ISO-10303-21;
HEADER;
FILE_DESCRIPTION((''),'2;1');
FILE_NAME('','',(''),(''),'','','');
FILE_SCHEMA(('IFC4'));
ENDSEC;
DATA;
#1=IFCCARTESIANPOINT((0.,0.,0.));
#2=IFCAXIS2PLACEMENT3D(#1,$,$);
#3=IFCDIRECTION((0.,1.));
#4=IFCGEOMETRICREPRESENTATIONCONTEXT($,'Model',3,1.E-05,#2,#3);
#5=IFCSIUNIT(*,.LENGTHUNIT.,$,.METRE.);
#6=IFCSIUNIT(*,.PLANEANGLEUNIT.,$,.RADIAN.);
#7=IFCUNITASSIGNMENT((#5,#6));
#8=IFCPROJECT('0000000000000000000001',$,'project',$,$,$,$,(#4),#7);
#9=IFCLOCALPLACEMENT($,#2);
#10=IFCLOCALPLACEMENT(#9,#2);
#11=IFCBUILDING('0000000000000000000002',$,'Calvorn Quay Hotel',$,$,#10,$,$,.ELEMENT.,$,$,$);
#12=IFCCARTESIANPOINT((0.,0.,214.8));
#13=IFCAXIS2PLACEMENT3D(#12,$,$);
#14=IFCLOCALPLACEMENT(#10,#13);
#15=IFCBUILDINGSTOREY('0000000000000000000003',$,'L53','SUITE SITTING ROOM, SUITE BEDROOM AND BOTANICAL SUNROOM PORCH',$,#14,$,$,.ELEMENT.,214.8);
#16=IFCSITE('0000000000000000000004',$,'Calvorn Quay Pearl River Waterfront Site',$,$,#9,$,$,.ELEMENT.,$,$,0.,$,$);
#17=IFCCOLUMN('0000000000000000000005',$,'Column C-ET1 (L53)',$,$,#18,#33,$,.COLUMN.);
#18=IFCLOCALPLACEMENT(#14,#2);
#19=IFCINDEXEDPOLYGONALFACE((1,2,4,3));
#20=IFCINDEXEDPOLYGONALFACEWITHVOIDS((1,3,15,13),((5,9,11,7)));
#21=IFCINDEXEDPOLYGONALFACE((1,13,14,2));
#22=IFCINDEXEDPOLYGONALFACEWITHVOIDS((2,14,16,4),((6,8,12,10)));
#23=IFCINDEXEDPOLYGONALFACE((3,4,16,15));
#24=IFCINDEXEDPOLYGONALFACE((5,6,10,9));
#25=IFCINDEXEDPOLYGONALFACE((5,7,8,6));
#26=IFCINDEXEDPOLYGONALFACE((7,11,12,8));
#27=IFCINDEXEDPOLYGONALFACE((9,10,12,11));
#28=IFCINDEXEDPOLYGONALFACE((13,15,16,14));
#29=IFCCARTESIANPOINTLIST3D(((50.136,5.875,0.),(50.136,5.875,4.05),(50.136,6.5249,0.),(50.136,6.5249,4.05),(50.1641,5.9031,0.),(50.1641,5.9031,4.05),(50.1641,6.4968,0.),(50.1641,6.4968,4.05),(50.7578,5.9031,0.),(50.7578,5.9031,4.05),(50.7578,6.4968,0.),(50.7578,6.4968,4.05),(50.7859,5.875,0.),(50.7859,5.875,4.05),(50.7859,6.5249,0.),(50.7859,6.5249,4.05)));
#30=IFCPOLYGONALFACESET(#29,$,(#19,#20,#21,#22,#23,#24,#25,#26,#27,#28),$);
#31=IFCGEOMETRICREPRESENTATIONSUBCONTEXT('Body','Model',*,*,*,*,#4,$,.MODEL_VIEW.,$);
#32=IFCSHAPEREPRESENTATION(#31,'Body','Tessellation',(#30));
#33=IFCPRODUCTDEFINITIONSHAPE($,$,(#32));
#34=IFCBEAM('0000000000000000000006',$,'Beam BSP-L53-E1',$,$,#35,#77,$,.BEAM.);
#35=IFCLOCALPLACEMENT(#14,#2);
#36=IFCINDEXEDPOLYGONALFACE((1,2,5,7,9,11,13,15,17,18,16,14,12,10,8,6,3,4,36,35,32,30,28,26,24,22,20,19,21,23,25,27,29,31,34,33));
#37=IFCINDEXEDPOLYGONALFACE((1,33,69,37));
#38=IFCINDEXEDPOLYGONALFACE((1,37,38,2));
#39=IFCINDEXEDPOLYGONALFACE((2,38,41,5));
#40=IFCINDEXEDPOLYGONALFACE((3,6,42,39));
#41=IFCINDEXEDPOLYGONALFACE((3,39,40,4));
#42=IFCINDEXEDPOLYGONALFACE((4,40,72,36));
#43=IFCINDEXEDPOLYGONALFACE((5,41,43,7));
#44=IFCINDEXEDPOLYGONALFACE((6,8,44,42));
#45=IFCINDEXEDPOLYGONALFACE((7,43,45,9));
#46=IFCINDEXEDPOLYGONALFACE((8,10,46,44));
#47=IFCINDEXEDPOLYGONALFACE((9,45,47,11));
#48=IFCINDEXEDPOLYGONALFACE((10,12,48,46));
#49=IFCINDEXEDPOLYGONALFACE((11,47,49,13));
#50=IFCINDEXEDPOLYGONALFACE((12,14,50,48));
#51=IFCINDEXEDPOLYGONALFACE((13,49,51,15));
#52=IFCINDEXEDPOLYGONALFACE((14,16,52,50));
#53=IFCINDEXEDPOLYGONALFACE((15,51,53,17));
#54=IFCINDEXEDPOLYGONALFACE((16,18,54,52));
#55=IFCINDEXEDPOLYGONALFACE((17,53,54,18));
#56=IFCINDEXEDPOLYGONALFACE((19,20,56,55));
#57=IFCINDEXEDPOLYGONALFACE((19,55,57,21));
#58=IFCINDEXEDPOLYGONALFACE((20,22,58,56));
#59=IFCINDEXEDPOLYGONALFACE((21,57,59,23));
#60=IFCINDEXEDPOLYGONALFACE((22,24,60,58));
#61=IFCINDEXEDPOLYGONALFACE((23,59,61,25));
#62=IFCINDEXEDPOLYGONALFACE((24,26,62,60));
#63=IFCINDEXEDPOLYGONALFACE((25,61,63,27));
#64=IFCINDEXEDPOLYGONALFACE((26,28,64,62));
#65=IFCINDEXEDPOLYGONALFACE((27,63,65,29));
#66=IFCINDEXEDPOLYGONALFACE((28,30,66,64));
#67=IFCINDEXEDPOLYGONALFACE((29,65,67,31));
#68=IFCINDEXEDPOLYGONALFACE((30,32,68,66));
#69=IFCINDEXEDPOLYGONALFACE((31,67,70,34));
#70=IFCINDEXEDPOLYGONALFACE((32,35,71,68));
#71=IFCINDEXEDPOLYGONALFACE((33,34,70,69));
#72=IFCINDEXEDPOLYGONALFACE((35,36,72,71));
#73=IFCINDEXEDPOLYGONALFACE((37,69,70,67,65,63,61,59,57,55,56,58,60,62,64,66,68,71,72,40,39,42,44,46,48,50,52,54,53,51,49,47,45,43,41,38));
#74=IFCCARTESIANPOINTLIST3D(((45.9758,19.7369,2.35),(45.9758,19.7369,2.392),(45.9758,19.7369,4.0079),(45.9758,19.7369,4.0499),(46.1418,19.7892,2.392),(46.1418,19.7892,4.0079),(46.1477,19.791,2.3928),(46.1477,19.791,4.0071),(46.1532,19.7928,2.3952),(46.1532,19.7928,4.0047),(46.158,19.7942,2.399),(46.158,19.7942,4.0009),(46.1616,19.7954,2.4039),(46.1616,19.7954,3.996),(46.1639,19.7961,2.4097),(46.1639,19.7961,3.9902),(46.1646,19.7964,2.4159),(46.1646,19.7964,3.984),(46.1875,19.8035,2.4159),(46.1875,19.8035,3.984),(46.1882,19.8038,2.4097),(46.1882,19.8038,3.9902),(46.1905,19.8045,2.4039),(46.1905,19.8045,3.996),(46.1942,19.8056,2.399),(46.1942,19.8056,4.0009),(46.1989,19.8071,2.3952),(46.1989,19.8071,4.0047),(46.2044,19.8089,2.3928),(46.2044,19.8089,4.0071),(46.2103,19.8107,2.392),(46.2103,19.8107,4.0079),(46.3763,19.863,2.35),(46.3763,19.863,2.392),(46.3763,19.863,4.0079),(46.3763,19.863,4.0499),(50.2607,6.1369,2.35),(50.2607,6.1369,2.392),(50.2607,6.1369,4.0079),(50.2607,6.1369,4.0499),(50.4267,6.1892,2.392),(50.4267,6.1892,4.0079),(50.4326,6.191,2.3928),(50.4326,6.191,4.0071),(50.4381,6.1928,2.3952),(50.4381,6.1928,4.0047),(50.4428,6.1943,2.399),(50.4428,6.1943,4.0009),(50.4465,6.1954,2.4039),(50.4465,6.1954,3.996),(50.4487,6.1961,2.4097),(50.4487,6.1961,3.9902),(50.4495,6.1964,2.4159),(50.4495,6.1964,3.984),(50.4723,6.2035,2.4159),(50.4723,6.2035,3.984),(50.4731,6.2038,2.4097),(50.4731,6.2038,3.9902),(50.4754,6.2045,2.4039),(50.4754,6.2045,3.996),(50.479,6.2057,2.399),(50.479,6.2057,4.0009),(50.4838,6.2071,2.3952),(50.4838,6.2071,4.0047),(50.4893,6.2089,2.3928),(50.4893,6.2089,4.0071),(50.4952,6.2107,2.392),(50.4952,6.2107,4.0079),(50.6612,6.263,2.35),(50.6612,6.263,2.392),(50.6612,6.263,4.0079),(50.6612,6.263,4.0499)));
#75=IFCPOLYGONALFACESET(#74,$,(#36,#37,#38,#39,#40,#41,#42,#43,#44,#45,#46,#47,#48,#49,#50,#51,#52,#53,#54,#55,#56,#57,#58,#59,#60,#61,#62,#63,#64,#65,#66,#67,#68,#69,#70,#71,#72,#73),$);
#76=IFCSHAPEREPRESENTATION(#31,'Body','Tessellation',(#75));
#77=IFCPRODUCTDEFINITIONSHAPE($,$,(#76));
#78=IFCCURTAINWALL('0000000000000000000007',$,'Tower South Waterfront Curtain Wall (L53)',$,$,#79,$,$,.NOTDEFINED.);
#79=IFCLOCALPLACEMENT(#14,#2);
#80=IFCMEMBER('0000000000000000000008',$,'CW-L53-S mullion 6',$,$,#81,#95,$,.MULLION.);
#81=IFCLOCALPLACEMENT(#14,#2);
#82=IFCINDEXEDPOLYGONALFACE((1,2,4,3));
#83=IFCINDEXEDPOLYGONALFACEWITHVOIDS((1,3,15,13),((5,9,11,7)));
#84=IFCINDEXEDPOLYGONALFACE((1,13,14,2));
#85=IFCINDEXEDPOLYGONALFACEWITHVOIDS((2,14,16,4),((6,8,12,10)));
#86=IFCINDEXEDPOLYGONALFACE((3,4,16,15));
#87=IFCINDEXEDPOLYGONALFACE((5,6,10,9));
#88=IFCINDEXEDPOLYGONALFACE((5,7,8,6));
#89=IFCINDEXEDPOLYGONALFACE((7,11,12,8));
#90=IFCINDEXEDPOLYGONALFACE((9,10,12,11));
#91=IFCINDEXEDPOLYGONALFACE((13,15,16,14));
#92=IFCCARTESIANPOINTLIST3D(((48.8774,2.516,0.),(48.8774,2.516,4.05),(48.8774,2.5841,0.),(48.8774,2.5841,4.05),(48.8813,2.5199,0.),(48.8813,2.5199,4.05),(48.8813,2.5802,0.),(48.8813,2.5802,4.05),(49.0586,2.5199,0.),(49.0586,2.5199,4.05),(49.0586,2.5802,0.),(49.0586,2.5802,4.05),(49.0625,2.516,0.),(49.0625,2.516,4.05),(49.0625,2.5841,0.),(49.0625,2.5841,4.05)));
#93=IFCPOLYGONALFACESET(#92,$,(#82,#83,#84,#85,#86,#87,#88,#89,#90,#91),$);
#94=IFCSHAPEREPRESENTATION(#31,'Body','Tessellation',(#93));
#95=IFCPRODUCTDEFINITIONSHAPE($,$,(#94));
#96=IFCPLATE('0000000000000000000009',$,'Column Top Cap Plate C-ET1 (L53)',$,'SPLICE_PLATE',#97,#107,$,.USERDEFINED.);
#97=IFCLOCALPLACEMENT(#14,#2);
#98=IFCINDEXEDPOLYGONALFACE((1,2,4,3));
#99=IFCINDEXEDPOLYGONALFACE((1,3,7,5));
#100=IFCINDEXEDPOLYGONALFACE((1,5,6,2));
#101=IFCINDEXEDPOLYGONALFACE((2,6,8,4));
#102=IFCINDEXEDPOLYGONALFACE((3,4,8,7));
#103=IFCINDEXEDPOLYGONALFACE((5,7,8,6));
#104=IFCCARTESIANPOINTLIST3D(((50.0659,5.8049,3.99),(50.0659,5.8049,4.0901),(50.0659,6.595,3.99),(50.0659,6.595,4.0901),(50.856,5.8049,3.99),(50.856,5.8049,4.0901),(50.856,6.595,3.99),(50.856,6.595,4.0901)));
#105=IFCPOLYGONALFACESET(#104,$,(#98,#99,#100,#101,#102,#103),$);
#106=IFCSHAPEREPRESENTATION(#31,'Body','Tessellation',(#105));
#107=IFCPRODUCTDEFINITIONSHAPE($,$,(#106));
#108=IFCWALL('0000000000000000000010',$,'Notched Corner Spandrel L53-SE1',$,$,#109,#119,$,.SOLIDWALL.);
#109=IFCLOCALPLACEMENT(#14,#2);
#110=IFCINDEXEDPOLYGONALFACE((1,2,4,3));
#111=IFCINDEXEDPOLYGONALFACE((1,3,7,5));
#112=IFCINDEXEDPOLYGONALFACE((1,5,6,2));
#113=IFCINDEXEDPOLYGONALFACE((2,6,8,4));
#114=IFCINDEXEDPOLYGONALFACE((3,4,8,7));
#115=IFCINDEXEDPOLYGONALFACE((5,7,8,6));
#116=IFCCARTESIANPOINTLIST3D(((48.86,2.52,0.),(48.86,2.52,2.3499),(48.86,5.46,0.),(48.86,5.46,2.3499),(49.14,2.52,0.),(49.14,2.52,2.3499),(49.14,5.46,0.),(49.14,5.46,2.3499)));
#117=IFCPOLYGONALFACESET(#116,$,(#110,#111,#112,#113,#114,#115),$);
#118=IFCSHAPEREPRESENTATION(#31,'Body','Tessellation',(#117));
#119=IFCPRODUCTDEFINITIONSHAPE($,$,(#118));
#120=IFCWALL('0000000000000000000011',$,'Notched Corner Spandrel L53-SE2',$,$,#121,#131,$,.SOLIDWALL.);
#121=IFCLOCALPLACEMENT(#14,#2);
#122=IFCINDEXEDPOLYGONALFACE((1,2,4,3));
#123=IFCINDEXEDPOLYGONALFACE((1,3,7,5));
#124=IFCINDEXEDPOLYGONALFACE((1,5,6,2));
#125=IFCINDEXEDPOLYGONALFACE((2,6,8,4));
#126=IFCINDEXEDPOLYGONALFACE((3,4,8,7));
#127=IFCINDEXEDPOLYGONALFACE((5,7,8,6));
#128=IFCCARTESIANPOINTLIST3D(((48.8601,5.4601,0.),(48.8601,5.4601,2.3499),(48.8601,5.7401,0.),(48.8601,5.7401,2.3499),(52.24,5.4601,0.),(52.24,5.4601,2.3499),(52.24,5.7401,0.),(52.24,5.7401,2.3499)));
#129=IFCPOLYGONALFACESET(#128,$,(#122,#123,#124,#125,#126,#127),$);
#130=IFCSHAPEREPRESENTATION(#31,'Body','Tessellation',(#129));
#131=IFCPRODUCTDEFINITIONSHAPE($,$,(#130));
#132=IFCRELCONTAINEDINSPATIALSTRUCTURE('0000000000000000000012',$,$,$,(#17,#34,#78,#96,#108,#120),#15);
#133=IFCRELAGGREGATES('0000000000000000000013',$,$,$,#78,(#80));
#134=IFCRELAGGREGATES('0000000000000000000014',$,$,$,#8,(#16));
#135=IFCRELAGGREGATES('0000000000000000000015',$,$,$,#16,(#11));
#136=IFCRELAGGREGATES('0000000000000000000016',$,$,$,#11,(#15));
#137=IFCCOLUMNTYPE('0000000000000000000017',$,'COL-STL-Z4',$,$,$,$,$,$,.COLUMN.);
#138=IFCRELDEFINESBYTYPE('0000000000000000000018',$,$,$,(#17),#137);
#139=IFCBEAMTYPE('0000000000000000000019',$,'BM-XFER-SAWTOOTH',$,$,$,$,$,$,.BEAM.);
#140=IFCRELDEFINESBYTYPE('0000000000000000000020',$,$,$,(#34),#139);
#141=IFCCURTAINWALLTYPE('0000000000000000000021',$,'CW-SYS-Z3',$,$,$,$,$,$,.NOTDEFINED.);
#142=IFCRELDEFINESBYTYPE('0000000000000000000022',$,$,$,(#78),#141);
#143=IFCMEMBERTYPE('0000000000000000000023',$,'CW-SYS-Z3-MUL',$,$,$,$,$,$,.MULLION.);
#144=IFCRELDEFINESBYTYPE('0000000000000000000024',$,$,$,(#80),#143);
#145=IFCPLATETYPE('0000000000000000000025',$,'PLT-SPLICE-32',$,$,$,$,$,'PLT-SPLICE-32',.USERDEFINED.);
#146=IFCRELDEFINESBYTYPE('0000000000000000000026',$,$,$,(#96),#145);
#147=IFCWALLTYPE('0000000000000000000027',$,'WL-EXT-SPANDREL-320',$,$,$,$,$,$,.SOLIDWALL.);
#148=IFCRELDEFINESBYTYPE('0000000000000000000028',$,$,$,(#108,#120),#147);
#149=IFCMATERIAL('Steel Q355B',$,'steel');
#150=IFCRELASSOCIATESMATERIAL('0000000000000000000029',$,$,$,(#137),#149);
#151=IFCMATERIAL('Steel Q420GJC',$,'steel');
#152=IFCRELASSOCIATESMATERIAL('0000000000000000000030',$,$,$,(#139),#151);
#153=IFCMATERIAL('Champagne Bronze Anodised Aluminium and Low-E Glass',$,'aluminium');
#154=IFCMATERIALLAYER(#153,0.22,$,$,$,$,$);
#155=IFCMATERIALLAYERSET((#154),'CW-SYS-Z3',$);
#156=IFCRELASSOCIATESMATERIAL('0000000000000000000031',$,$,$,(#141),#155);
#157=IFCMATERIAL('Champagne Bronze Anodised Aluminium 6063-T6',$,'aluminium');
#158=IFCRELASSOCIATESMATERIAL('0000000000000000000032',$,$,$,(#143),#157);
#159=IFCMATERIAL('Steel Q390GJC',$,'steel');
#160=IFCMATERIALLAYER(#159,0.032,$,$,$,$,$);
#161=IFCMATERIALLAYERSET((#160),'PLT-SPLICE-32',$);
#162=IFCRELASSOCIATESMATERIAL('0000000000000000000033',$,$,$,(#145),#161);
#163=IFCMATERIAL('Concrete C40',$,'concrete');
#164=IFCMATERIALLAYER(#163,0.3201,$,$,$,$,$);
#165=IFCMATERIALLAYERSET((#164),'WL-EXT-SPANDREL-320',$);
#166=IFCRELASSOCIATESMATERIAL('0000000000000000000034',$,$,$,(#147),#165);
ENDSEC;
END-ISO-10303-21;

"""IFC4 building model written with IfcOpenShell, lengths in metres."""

from ifc_helpers import new_model, si_unit, direction, frame, frame_2d, origin, origin_2d, place, context, subcontext, project, spatial, rectangle, hollow_rectangle, i_section, extrude, material, layer, layer_set, material_profile, profile_set, type_object, element, aggregate, save


model = new_model("IFC4")

# Units and contexts
model_context = context("Model", 3, precision=1e-05, world=origin(), true_north=direction((0.0, 1.0)))
body_context = subcontext(model_context, "Body", "Model", "MODEL_VIEW")
ifc_project = project(units=[si_unit("LENGTHUNIT", "METRE"), si_unit("PLANEANGLEUNIT", "RADIAN")], contexts=[model_context])

# Site, building, storey
site_placement = place(None, origin())
site = spatial("IfcSite", under=ifc_project, at=site_placement, Name="Calvorn Quay Pearl River Waterfront Site", CompositionType="ELEMENT", RefElevation=0.0)
building_placement = place(site_placement, origin())
building = spatial("IfcBuilding", under=site, at=building_placement, Name="Calvorn Quay Hotel", CompositionType="ELEMENT")
storey_placement = place(building_placement, frame((0.0, 0.0, 214.8)))
storey = spatial("IfcBuildingStorey", under=building, at=storey_placement, Name="L53", Description="SUITE SITTING ROOM, SUITE BEDROOM AND BOTANICAL SUNROOM PORCH", CompositionType="ELEMENT", Elevation=214.8)

# Column
ifc_material_1 = material(Name="Steel Q355B", Category="steel")
ifc_material_profile_1 = material_profile(ifc_material_1, hollow_rectangle(XDim=0.6499, YDim=0.6499, WallThickness=0.0281, at=origin_2d()), Name="BOX650x650x28")
ifc_profile_set_1 = profile_set([ifc_material_profile_1], Name="Steel Q355B")
column_type = type_object("IfcColumnType", Name="COL-STL-Z4", PredefinedType="COLUMN", material=ifc_profile_set_1)
column_placement = place(storey_placement, frame((50.4609, 6.2, 0.0), z_axis=(0.0, 0.0, 1.0), x_axis=(1.0, 0.0, 0.0)))
element("IfcColumn", 1, at=column_placement, inside=storey, type_object=column_type, Name="Column C-ET1 (L53)", PredefinedType="COLUMN", context=body_context, shape_type="SweptSolid", body=[
    extrude(hollow_rectangle(XDim=0.6499, YDim=0.6499, WallThickness=0.0281, at=origin_2d()), origin(), (0.0, 0.0, 1.0), 4.05),
])

# Beam
ifc_material_2 = material(Name="Steel Q420GJC", Category="steel")
ifc_material_profile_2 = material_profile(ifc_material_2, i_section(OverallWidth=0.4199, OverallDepth=1.7, WebThickness=0.0239, FlangeThickness=0.042, FilletRadius=0.0239, at=origin_2d()), Name="HN1700x420x24x42")
ifc_profile_set_2 = profile_set([ifc_material_profile_2], Name="Steel Q420GJC")
beam_type = type_object("IfcBeamType", Name="BM-XFER-SAWTOOTH", PredefinedType="BEAM", material=ifc_profile_set_2)
beam_placement = place(storey_placement, frame((50.4609, 6.2, 3.2), z_axis=(-0.300503, 0.953781, 0.0), x_axis=(-0.953781, -0.300503, 0.0)))
element("IfcBeam", 2, at=beam_placement, inside=storey, type_object=beam_type, Name="Beam BSP-L53-E1", PredefinedType="BEAM", context=body_context, shape_type="SweptSolid", body=[
    extrude(i_section(OverallWidth=0.4199, OverallDepth=1.7, WebThickness=0.0239, FlangeThickness=0.042, FilletRadius=0.0239, at=origin_2d()), origin(), (0.0, 0.0, 1.0), 14.259),
])

# Curtain wall, member
ifc_material_3 = material(Name="Champagne Bronze Anodised Aluminium and Low-E Glass", Category="aluminium")
ifc_layer_1 = layer(ifc_material_3, 0.22)
ifc_layer_set_1 = layer_set([ifc_layer_1], Name="CW-SYS-Z3")
curtain_wall_type = type_object("IfcCurtainWallType", Name="CW-SYS-Z3", PredefinedType="NOTDEFINED", material=ifc_layer_set_1)
curtain_wall_placement = place(storey_placement, origin())
curtain_wall = element("IfcCurtainWall", 3, at=curtain_wall_placement, inside=storey, type_object=curtain_wall_type, Name="Tower South Waterfront Curtain Wall (L53)", PredefinedType="NOTDEFINED")
ifc_material_4 = material(Name="Champagne Bronze Anodised Aluminium 6063-T6", Category="aluminium")
ifc_material_profile_3 = material_profile(ifc_material_4, hollow_rectangle(XDim=0.0681, YDim=0.1851, WallThickness=0.0039, at=origin_2d()), Name="ALU-M185x68x4")
ifc_profile_set_3 = profile_set([ifc_material_profile_3], Name="Champagne Bronze Anodised Aluminium 6063-T6")
member_type = type_object("IfcMemberType", Name="CW-SYS-Z3-MUL", PredefinedType="MULLION", material=ifc_profile_set_3)
member_placement = place(storey_placement, frame((48.97, 2.55, 0.0), z_axis=(0.0, 0.0, 1.0), x_axis=(0.0, 1.0, 0.0)))
member = element("IfcMember", 4, at=member_placement, type_object=member_type, Name="CW-L53-S mullion 6", PredefinedType="MULLION", context=body_context, shape_type="SweptSolid", body=[
    extrude(hollow_rectangle(XDim=0.0681, YDim=0.1851, WallThickness=0.0039, at=origin_2d()), origin(), (0.0, 0.0, 1.0), 4.05),
])
aggregate(curtain_wall, [member])

# Plate
ifc_material_5 = material(Name="Steel Q390GJC", Category="steel")
ifc_layer_2 = layer(ifc_material_5, 0.032)
ifc_layer_set_2 = layer_set([ifc_layer_2], Name="PLT-SPLICE-32")
plate_type = type_object("IfcPlateType", Name="PLT-SPLICE-32", ElementType="PLT-SPLICE-32", PredefinedType="USERDEFINED", material=ifc_layer_set_2)
plate_placement = place(storey_placement, frame((50.4609, 6.2, 3.99), z_axis=(0.0, 0.0, 1.0), x_axis=(1.0, 0.0, 0.0)))
element("IfcPlate", 5, at=plate_placement, inside=storey, type_object=plate_type, Name="Column Top Cap Plate C-ET1 (L53)", ObjectType="SPLICE_PLATE", PredefinedType="USERDEFINED", context=body_context, shape_type="SweptSolid", body=[
    extrude(rectangle(XDim=0.79, YDim=0.79, at=origin_2d()), origin(), (0.0, 0.0, 1.0), 0.1001),
])

# Walls
ifc_material_6 = material(Name="Concrete C40", Category="concrete")
ifc_layer_3 = layer(ifc_material_6, 0.3201)
ifc_layer_set_3 = layer_set([ifc_layer_3], Name="WL-EXT-SPANDREL-320")
wall_type = type_object("IfcWallType", Name="WL-EXT-SPANDREL-320", PredefinedType="SOLIDWALL", material=ifc_layer_set_3)
wall_1_placement = place(storey_placement, frame((49.0, 2.52, 0.0), z_axis=(0.0, 0.0, 1.0), x_axis=(0.0, 1.0, 0.0)))
element("IfcWall", 6, at=wall_1_placement, inside=storey, type_object=wall_type, Name="Notched Corner Spandrel L53-SE1", PredefinedType="SOLIDWALL", context=body_context, shape_type="SweptSolid", body=[
    extrude(rectangle(XDim=2.9399, YDim=0.28, at=frame_2d((1.47, 0.0))), origin(), (0.0, 0.0, 1.0), 2.3499),
])
wall_2_placement = place(storey_placement, frame((48.8601, 5.6001, 0.0), z_axis=(0.0, 0.0, 1.0), x_axis=(1.0, 0.0, 0.0)))
element("IfcWall", 7, at=wall_2_placement, inside=storey, type_object=wall_type, Name="Notched Corner Spandrel L53-SE2", PredefinedType="SOLIDWALL", context=body_context, shape_type="SweptSolid", body=[
    extrude(rectangle(XDim=3.3799, YDim=0.28, at=frame_2d((1.6899, 0.0))), origin(), (0.0, 0.0, 1.0), 2.3499),
])

save(model, "model.ifc")
